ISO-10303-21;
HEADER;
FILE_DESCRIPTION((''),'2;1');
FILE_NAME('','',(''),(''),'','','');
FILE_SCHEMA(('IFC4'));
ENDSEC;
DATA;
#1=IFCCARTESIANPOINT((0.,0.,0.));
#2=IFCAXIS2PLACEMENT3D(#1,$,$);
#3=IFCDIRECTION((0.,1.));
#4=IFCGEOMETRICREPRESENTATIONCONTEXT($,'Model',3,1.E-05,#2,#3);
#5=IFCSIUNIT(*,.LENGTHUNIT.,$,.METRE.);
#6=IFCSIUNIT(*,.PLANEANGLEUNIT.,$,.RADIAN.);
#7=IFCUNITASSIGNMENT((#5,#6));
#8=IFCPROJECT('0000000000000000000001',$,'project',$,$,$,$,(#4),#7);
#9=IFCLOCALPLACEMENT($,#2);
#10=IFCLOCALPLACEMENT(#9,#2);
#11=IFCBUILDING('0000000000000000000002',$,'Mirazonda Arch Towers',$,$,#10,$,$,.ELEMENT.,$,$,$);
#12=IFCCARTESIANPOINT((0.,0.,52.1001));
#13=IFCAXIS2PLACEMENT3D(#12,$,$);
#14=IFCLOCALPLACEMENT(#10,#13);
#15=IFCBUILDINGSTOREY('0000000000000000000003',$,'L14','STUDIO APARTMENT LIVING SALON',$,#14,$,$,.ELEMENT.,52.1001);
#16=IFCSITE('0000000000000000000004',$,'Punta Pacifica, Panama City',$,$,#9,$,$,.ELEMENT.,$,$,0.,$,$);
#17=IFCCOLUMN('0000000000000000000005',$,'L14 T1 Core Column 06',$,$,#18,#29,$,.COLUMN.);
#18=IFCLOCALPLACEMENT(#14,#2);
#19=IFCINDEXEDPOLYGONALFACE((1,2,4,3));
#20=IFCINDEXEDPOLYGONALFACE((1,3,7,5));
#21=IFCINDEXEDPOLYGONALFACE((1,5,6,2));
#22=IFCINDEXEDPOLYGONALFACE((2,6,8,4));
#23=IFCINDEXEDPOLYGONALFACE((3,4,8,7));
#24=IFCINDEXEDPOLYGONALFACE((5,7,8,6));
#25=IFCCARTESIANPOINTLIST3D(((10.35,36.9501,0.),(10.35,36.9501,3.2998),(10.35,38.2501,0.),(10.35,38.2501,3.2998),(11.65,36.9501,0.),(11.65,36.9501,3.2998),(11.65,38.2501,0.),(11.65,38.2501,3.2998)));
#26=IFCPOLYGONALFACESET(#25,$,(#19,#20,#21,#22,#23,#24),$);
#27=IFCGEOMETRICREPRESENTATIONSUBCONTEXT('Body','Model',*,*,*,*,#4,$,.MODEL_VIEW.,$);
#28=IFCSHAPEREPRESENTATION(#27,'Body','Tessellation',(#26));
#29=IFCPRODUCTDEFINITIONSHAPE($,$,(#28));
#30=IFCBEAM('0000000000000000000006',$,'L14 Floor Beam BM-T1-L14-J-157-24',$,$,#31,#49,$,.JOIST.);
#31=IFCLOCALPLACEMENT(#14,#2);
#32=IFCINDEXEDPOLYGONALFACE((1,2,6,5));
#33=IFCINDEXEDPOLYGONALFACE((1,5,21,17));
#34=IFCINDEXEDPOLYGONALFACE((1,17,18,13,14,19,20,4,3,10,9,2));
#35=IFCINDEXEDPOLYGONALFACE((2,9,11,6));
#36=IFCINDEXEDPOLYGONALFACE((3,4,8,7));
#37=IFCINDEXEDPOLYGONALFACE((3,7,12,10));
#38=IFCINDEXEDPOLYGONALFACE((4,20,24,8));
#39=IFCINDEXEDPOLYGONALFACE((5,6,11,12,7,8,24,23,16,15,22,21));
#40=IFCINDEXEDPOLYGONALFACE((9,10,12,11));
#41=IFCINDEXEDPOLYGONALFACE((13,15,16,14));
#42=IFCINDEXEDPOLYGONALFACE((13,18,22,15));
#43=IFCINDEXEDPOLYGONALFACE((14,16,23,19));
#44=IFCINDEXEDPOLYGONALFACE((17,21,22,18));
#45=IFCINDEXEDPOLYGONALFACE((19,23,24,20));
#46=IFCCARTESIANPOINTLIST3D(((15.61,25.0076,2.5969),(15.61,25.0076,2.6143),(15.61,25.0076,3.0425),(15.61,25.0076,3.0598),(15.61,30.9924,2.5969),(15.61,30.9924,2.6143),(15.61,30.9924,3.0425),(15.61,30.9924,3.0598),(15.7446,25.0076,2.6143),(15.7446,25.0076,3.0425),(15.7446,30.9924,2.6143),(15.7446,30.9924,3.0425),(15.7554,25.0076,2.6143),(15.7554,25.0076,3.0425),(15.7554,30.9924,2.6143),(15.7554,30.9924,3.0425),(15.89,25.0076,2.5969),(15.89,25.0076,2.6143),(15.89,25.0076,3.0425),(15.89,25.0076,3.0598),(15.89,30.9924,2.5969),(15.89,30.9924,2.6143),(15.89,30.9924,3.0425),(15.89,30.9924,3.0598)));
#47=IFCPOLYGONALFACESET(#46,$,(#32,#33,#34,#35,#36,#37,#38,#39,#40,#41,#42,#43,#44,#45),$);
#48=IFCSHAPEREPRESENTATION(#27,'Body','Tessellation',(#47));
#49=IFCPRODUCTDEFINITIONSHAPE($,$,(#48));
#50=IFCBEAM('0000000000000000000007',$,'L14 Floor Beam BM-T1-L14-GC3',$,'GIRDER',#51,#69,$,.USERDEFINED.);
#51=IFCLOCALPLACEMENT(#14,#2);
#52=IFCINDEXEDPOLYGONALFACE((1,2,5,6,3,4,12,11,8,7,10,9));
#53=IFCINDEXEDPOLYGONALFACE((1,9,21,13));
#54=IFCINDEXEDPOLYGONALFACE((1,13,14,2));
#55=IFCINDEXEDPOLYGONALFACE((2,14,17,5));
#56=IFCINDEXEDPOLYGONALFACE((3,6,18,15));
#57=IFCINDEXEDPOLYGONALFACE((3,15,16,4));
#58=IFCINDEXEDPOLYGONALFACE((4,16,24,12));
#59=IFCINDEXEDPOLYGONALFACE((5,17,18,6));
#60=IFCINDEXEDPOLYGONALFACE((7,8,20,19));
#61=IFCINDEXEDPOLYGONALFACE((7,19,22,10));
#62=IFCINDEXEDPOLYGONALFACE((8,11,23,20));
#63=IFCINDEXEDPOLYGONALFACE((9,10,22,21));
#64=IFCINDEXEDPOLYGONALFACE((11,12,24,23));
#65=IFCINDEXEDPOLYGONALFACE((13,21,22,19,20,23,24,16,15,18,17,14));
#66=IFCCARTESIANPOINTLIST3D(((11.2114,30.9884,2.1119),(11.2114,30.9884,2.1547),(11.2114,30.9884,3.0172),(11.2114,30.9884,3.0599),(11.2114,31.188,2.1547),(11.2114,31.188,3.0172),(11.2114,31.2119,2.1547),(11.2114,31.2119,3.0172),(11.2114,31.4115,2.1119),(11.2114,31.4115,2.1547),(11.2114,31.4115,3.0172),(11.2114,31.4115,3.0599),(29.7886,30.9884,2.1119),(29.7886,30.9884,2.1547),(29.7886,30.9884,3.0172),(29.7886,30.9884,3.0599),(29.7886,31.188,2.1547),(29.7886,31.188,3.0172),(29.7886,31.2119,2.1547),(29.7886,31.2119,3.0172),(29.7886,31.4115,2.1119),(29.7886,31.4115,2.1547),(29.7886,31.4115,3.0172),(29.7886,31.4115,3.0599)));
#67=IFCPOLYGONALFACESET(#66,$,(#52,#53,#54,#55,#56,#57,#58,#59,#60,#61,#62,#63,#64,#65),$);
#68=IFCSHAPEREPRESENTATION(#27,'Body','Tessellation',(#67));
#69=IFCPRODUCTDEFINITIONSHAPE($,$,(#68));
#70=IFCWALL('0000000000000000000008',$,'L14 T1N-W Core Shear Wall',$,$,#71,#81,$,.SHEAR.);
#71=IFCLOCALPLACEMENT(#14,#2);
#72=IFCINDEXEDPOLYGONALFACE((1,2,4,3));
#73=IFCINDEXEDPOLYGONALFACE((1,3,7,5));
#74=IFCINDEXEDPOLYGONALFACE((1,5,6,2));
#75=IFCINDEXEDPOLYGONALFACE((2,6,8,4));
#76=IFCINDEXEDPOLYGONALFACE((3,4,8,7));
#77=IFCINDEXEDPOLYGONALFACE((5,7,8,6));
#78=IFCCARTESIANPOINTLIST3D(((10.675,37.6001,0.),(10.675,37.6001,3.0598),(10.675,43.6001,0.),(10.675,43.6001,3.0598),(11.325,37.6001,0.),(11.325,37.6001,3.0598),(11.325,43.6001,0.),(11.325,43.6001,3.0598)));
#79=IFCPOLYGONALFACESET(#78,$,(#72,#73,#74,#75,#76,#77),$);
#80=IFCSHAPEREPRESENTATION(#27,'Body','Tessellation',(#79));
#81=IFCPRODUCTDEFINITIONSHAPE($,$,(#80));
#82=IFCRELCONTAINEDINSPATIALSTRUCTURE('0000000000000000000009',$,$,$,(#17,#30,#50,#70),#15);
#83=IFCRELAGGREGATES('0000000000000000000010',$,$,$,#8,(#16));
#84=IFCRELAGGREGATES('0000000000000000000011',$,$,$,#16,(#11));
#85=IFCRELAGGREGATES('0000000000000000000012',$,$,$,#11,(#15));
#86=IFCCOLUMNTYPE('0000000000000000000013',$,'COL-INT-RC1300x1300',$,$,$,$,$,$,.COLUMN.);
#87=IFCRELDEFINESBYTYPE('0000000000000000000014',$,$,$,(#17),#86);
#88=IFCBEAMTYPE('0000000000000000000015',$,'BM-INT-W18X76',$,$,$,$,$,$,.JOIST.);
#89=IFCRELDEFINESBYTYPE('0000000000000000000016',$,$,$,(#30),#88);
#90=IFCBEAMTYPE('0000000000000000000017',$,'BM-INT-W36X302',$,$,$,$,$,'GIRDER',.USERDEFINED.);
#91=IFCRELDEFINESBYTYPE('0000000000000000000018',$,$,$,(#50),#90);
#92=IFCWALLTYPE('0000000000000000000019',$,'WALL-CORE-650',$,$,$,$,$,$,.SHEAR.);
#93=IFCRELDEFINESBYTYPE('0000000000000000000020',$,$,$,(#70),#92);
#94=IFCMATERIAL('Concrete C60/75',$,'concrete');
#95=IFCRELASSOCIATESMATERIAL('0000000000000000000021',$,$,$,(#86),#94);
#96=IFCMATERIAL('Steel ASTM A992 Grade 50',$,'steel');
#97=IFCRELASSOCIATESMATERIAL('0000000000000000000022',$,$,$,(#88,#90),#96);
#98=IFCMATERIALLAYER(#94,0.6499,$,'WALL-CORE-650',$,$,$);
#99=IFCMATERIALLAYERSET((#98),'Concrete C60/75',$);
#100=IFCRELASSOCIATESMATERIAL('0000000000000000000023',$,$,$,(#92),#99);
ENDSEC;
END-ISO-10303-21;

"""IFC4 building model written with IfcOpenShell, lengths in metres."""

from ifc_helpers import new_model, si_unit, direction, frame, frame_2d, origin, origin_2d, place, context, subcontext, project, spatial, rectangle, i_section, extrude, material, layer, layer_set, material_profile, profile_set, type_object, element, save


model = new_model("IFC4")

# Units and contexts
model_context = context("Model", 3, precision=1e-05, world=origin(), true_north=direction((0.0, 1.0)))
body_context = subcontext(model_context, "Body", "Model", "MODEL_VIEW")
ifc_project = project(units=[si_unit("LENGTHUNIT", "METRE"), si_unit("PLANEANGLEUNIT", "RADIAN")], contexts=[model_context])

# Site, building, storey
site_placement = place(None, origin())
site = spatial("IfcSite", under=ifc_project, at=site_placement, Name="Punta Pacifica, Panama City", CompositionType="ELEMENT", RefElevation=0.0)
building_placement = place(site_placement, origin())
building = spatial("IfcBuilding", under=site, at=building_placement, Name="Mirazonda Arch Towers", CompositionType="ELEMENT")
storey_placement = place(building_placement, frame((0.0, 0.0, 52.1001)))
storey = spatial("IfcBuildingStorey", under=building, at=storey_placement, Name="L14", Description="STUDIO APARTMENT LIVING SALON", CompositionType="ELEMENT", Elevation=52.1001)

# Column
ifc_material_1 = material(Name="Concrete C60/75", Category="concrete")
ifc_material_profile_1 = material_profile(ifc_material_1, rectangle(XDim=1.3, YDim=1.3, at=origin_2d()), Name="RC1300x1300")
ifc_profile_set_1 = profile_set([ifc_material_profile_1], Name="Concrete C60/75")
column_type = type_object("IfcColumnType", Name="COL-INT-RC1300x1300", PredefinedType="COLUMN", material=ifc_profile_set_1)
column_placement = place(storey_placement, frame((11.0, 37.6001, 0.0), z_axis=(0.0, 0.0, 1.0), x_axis=(1.0, 0.0, 0.0)))
element("IfcColumn", 1, at=column_placement, inside=storey, type_object=column_type, Name="L14 T1 Core Column 06", PredefinedType="COLUMN", context=body_context, shape_type="SweptSolid", body=[
    extrude(rectangle(XDim=1.3, YDim=1.3, at=origin_2d()), origin(), (0.0, 0.0, 1.0), 3.2998),
])

# Beams
ifc_material_2 = material(Name="Steel ASTM A992 Grade 50", Category="steel")
ifc_material_profile_2 = material_profile(ifc_material_2, i_section(OverallWidth=0.28, OverallDepth=0.4629, WebThickness=0.0107, FlangeThickness=0.0173, at=origin_2d()), Name="W18X76")
ifc_profile_set_2 = profile_set([ifc_material_profile_2], Name="Steel ASTM A992 Grade 50")
beam_type_1 = type_object("IfcBeamType", Name="BM-INT-W18X76", PredefinedType="JOIST", material=ifc_profile_set_2)
beam_1_placement = place(storey_placement, frame((15.75, 25.0076, 2.8284), z_axis=(0.0, 1.0, 0.0), x_axis=(-1.0, 0.0, 0.0)))
element("IfcBeam", 2, at=beam_1_placement, inside=storey, type_object=beam_type_1, Name="L14 Floor Beam BM-T1-L14-J-157-24", PredefinedType="JOIST", context=body_context, shape_type="SweptSolid", body=[
    extrude(i_section(OverallWidth=0.28, OverallDepth=0.4629, WebThickness=0.0107, FlangeThickness=0.0173, at=origin_2d()), origin(), (0.0, 0.0, 1.0), 5.9849),
])
ifc_material_profile_3 = material_profile(ifc_material_2, i_section(OverallWidth=0.4231, OverallDepth=0.948, WebThickness=0.0239, FlangeThickness=0.0427, at=origin_2d()), Name="W36X302")
ifc_profile_set_3 = profile_set([ifc_material_profile_3], Name="Steel ASTM A992 Grade 50")
beam_type_2 = type_object("IfcBeamType", Name="BM-INT-W36X302", ElementType="GIRDER", PredefinedType="USERDEFINED", material=ifc_profile_set_3)
beam_2_placement = place(storey_placement, frame((11.2114, 31.2, 2.5859), z_axis=(1.0, 0.0, 0.0), x_axis=(0.0, 1.0, 0.0)))
element("IfcBeam", 3, at=beam_2_placement, inside=storey, type_object=beam_type_2, Name="L14 Floor Beam BM-T1-L14-GC3", ObjectType="GIRDER", PredefinedType="USERDEFINED", context=body_context, shape_type="SweptSolid", body=[
    extrude(i_section(OverallWidth=0.4231, OverallDepth=0.948, WebThickness=0.0239, FlangeThickness=0.0427, at=origin_2d()), origin(), (0.0, 0.0, 1.0), 18.5771),
])

# Wall
ifc_layer_1 = layer(ifc_material_1, 0.6499, Name="WALL-CORE-650")
ifc_layer_set_1 = layer_set([ifc_layer_1], Name="Concrete C60/75")
wall_type_1 = type_object("IfcWallType", Name="WALL-CORE-650", PredefinedType="SHEAR", material=ifc_layer_set_1)
wall_1_placement = place(storey_placement, frame((11.0, 37.6001, 0.0), z_axis=(0.0, 0.0, 1.0), x_axis=(0.0, 1.0, 0.0)))
element("IfcWall", 4, at=wall_1_placement, inside=storey, type_object=wall_type_1, Name="L14 T1N-W Core Shear Wall", PredefinedType="SHEAR", context=body_context, shape_type="SweptSolid", body=[
    extrude(rectangle(XDim=6.0, YDim=0.6499, at=frame_2d((3.0, 0.0))), origin(), (0.0, 0.0, 1.0), 3.0598),
])

save(model, "model.ifc")
